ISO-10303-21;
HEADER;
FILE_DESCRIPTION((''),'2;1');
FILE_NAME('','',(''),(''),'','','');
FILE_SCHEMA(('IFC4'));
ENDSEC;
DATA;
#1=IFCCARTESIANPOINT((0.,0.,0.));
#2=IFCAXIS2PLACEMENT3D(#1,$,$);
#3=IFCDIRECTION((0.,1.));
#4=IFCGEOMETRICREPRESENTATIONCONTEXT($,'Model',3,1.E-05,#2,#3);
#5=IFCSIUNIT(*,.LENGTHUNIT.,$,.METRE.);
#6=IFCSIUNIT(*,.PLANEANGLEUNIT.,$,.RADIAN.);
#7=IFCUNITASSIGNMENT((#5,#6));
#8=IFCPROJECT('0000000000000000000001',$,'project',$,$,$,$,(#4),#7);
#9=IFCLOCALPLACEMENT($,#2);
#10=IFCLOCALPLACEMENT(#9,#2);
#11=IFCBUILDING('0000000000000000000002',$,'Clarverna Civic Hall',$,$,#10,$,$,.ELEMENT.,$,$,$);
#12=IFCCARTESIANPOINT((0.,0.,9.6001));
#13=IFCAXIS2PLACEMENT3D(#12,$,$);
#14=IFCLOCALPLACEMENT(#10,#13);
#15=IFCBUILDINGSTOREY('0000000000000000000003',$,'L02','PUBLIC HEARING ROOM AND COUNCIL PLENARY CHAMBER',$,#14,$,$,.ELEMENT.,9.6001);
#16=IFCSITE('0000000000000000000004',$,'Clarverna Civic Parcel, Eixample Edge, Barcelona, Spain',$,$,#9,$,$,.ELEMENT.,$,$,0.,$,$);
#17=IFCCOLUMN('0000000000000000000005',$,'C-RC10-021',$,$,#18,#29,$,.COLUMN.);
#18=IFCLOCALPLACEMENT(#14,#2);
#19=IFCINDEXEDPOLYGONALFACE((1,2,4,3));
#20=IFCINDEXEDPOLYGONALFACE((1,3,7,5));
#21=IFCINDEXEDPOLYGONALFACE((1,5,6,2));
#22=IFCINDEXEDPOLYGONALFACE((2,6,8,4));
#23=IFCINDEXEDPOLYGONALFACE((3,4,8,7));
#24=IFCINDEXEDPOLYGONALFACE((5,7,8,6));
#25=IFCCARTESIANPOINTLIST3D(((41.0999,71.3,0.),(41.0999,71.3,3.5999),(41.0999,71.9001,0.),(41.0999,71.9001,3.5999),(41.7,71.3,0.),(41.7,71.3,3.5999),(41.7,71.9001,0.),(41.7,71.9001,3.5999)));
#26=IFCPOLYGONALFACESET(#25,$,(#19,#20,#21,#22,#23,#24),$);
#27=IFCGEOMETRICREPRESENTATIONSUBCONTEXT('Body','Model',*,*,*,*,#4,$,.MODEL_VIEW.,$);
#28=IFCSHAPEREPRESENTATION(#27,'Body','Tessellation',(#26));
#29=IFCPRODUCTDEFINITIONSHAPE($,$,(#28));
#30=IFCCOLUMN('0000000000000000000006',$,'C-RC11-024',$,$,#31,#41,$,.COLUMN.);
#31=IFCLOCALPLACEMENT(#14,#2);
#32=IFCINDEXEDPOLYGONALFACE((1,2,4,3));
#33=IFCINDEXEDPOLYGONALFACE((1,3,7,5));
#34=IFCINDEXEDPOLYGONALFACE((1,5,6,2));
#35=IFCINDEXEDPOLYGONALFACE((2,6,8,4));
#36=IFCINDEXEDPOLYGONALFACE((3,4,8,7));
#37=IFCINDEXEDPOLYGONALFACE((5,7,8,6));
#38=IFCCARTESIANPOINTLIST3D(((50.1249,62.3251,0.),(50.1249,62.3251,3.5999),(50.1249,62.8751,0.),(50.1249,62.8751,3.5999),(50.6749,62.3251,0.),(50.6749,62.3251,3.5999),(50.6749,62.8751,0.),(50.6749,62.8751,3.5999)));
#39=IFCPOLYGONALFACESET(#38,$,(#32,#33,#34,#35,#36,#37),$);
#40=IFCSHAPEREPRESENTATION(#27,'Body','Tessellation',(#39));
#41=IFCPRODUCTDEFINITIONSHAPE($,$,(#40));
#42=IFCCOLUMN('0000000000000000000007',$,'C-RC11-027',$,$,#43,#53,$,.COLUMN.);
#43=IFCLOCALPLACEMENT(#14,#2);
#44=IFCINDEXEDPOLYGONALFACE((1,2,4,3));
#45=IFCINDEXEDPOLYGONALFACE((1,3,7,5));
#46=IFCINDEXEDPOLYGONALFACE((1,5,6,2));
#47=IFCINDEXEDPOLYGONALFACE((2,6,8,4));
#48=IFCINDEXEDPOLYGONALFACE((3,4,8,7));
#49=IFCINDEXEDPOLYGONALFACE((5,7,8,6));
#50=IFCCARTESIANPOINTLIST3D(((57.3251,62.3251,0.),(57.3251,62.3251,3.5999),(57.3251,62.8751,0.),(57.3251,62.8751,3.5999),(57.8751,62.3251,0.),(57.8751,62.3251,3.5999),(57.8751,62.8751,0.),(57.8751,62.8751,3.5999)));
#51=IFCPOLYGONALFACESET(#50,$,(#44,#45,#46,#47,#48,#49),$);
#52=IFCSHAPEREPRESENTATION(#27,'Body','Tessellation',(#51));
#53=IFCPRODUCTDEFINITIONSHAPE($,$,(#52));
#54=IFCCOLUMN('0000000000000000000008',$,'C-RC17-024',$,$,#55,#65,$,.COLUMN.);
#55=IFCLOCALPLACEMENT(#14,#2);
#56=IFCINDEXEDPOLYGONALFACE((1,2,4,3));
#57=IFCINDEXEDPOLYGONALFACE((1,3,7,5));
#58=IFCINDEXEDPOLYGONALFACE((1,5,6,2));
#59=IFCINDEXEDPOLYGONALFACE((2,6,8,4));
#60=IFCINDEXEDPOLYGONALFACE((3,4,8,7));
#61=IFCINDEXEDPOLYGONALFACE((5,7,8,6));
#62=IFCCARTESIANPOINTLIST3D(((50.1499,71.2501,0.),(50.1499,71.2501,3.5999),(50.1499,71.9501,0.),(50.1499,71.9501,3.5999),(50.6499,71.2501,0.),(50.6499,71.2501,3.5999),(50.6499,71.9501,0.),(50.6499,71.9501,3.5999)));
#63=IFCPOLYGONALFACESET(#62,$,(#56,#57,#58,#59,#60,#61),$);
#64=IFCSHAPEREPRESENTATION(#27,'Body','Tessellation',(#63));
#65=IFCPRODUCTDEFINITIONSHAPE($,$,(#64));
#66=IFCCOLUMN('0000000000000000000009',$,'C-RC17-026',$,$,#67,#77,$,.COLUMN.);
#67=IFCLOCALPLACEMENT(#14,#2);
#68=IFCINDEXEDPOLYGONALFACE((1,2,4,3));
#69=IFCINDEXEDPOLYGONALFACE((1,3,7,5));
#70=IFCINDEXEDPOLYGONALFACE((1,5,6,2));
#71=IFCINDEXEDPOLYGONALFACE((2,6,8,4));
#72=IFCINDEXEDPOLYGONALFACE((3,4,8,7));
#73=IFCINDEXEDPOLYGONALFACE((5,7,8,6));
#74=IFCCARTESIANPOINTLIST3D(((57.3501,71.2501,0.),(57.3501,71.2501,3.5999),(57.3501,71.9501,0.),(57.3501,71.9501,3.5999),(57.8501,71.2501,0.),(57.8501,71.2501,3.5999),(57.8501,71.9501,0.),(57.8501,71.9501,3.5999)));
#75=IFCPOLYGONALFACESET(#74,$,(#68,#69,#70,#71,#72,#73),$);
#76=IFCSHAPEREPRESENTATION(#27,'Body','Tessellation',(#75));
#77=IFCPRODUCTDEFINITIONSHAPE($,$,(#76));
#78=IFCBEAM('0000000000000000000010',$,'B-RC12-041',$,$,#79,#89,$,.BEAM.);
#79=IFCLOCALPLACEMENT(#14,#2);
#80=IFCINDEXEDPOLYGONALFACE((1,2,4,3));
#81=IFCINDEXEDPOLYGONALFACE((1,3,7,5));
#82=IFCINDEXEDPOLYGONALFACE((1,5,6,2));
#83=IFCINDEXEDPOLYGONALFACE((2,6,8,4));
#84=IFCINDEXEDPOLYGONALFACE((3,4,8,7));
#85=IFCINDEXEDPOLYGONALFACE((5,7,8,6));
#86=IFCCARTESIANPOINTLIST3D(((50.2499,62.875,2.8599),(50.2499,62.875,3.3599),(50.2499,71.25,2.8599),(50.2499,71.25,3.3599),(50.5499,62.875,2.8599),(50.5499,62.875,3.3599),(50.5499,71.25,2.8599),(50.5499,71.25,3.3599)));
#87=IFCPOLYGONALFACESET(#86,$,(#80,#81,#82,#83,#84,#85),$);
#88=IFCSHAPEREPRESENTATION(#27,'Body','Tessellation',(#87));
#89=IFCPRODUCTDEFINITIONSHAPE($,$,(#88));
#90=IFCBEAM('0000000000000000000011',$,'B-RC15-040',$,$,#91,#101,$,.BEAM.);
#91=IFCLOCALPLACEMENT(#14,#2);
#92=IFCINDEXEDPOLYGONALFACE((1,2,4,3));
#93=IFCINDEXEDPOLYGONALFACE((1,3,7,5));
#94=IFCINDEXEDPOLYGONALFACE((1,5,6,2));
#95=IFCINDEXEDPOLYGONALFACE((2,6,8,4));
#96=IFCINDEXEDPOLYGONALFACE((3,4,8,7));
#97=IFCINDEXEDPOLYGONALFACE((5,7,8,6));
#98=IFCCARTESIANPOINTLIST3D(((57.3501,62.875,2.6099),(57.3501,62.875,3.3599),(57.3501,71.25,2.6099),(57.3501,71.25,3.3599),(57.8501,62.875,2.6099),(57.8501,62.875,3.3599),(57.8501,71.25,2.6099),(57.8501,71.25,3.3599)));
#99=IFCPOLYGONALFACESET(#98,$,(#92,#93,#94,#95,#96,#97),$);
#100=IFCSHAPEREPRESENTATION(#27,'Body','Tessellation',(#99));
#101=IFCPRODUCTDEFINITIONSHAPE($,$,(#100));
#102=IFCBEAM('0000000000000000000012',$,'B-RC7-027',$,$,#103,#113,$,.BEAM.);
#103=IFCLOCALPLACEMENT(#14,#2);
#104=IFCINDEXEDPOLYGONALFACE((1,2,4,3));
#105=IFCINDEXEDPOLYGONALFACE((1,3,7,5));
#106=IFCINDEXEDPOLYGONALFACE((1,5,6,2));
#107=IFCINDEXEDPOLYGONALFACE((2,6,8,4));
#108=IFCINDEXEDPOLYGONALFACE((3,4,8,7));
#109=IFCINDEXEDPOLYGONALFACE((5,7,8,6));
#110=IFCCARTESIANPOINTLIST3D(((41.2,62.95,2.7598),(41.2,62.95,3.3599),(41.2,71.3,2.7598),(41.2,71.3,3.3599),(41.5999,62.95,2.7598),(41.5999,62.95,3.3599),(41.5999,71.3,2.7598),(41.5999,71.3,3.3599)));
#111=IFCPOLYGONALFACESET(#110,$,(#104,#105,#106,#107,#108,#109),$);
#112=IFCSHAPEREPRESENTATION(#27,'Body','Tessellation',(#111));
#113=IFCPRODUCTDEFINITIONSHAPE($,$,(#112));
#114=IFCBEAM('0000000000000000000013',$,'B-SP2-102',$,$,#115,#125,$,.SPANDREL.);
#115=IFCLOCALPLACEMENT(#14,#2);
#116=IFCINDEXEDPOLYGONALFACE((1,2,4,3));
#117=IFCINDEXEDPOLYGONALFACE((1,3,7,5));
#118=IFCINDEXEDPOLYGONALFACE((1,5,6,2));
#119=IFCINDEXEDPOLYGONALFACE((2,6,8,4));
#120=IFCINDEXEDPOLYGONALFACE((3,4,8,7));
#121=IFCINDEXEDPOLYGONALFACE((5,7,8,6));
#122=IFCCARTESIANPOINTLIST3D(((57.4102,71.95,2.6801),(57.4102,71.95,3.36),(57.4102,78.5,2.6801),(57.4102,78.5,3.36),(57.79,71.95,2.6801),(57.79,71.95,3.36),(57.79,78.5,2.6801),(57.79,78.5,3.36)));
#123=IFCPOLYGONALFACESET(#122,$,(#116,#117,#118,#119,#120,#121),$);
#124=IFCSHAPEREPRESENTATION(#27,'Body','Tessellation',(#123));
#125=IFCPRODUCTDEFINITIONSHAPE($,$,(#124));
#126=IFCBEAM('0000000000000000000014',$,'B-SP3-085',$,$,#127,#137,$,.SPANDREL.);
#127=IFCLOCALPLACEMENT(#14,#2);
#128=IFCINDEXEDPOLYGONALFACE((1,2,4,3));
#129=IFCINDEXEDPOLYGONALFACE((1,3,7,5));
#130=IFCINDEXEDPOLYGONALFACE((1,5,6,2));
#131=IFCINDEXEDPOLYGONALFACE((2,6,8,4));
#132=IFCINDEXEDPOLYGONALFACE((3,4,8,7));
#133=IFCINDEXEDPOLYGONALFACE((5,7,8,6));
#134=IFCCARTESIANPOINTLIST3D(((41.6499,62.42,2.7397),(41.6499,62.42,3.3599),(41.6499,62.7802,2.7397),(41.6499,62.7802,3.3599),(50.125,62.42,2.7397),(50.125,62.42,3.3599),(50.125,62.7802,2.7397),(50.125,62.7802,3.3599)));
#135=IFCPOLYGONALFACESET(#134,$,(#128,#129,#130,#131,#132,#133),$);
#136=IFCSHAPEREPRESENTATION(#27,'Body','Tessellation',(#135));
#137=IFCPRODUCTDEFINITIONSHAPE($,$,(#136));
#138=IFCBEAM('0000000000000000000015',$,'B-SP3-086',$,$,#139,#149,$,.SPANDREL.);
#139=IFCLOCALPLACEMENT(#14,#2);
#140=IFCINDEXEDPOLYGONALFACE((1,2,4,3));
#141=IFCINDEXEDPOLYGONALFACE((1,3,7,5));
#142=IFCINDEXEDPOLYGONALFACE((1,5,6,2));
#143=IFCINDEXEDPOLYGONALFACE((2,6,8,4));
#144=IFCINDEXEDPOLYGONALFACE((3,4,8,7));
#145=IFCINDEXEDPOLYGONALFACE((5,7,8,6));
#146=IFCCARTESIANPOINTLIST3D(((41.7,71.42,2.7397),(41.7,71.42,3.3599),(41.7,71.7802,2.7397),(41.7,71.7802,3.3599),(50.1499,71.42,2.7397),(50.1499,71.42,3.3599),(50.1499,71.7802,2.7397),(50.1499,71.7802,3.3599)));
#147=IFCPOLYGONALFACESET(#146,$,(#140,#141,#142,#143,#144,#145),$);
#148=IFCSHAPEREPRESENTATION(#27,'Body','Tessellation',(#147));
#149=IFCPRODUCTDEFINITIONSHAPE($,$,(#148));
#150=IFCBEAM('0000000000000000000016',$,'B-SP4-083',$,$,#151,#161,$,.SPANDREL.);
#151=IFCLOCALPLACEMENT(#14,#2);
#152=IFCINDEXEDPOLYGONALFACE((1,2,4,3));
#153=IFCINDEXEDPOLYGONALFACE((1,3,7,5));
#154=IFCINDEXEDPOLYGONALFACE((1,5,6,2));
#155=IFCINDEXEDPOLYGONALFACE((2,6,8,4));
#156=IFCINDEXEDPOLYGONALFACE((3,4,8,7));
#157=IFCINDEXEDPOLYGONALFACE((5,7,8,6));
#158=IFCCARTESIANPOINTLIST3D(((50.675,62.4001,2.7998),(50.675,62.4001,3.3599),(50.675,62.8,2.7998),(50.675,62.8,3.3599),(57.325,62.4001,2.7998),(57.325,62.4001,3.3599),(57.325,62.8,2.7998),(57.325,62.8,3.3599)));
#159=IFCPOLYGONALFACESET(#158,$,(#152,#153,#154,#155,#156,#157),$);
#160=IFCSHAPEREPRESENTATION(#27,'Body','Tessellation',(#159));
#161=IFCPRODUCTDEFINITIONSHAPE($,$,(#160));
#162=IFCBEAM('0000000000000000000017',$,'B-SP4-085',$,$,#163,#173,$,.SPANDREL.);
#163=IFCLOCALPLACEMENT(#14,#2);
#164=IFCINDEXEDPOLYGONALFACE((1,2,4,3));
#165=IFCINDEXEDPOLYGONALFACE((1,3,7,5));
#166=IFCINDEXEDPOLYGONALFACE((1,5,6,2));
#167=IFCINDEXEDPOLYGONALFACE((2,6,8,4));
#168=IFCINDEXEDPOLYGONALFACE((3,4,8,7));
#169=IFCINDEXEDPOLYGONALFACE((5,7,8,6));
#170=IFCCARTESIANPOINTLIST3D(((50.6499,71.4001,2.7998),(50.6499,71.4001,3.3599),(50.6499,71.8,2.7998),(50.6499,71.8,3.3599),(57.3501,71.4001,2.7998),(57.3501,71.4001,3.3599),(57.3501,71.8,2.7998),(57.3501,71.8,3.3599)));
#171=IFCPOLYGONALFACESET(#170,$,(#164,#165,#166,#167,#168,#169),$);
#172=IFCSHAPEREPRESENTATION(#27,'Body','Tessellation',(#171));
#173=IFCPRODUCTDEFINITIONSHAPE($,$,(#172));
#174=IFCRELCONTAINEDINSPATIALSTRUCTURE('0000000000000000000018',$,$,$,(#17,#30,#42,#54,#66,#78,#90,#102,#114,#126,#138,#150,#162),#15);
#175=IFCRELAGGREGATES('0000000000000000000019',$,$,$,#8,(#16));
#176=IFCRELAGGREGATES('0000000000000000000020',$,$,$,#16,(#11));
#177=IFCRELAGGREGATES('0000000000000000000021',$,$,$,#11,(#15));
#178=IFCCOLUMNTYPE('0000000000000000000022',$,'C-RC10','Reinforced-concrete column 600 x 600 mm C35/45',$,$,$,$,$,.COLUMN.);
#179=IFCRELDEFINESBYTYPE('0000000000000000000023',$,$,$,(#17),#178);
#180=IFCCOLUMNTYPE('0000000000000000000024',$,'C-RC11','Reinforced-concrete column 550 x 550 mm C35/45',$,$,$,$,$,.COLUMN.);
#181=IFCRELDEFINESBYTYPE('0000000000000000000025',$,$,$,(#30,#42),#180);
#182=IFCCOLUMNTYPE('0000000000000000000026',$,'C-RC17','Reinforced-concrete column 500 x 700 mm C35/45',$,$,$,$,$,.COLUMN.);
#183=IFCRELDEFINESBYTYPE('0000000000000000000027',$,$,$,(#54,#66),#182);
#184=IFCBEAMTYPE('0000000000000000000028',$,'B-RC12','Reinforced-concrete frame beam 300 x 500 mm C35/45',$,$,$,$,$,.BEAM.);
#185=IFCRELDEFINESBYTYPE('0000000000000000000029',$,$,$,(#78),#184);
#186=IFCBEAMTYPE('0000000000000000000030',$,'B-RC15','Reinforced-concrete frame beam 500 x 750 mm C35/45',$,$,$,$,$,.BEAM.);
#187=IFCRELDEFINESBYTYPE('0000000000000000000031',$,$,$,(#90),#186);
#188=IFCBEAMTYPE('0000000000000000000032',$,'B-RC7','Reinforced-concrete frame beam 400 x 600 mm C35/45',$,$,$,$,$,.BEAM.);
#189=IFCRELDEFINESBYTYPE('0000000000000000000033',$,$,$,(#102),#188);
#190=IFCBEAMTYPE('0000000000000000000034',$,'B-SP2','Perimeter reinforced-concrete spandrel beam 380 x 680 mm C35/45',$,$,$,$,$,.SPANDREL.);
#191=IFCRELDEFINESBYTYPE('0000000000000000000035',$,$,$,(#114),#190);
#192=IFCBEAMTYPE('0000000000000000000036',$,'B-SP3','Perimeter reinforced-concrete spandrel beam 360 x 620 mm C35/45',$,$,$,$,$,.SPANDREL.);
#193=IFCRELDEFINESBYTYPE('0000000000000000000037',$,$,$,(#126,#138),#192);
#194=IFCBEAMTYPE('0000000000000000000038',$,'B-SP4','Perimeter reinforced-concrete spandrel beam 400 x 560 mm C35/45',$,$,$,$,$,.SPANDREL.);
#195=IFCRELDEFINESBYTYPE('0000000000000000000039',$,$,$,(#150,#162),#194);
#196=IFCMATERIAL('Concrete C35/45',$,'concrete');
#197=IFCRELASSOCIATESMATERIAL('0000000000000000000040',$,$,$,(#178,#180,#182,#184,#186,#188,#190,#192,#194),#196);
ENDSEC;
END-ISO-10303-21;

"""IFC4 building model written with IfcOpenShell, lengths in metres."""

from ifc_helpers import new_model, si_unit, direction, frame, origin, origin_2d, place, context, subcontext, project, spatial, rectangle, extrude, material, material_profile, profile_set, type_object, element, save


model = new_model("IFC4")

# Units and contexts
model_context = context("Model", 3, precision=1e-05, world=origin(), true_north=direction((0.0, 1.0)))
body_context = subcontext(model_context, "Body", "Model", "MODEL_VIEW")
ifc_project = project(units=[si_unit("LENGTHUNIT", "METRE"), si_unit("PLANEANGLEUNIT", "RADIAN")], contexts=[model_context])

# Site, building, storey
site_placement = place(None, origin())
site = spatial("IfcSite", under=ifc_project, at=site_placement, Name="Clarverna Civic Parcel, Eixample Edge, Barcelona, Spain", CompositionType="ELEMENT", RefElevation=0.0)
building_placement = place(site_placement, origin())
building = spatial("IfcBuilding", under=site, at=building_placement, Name="Clarverna Civic Hall", CompositionType="ELEMENT")
storey_placement = place(building_placement, frame((0.0, 0.0, 9.6001)))
storey = spatial("IfcBuildingStorey", under=building, at=storey_placement, Name="L02", Description="PUBLIC HEARING ROOM AND COUNCIL PLENARY CHAMBER", CompositionType="ELEMENT", Elevation=9.6001)

# Columns
ifc_material_1 = material(Name="Concrete C35/45", Category="concrete")
ifc_material_profile_1 = material_profile(ifc_material_1, rectangle(XDim=0.6001, YDim=0.6001, at=origin_2d()), Name="RC 600x600")
ifc_profile_set_1 = profile_set([ifc_material_profile_1], Name="Concrete C35/45")
column_type_1 = type_object("IfcColumnType", Name="C-RC10", Description="Reinforced-concrete column 600 x 600 mm C35/45", PredefinedType="COLUMN", material=ifc_profile_set_1)
column_placement = place(storey_placement, frame((41.3999, 71.6001, 0.0), z_axis=(0.0, 0.0, 1.0), x_axis=(1.0, 0.0, 0.0)))
element("IfcColumn", 1, at=column_placement, inside=storey, type_object=column_type_1, Name="C-RC10-021", PredefinedType="COLUMN", context=body_context, shape_type="SweptSolid", body=[
    extrude(rectangle(XDim=0.6001, YDim=0.6001, at=origin_2d()), origin(), (0.0, 0.0, 1.0), 3.5999),
])
ifc_material_profile_2 = material_profile(ifc_material_1, rectangle(XDim=0.55, YDim=0.55, at=origin_2d()), Name="RC 550x550")
ifc_profile_set_2 = profile_set([ifc_material_profile_2], Name="Concrete C35/45")
column_type_2 = type_object("IfcColumnType", Name="C-RC11", Description="Reinforced-concrete column 550 x 550 mm C35/45", PredefinedType="COLUMN", material=ifc_profile_set_2)
for number, where, z_axis, x_axis, name in (
    (2, (50.3999, 62.6001, 0.0), (0.0, 0.0, 1.0), (1.0, 0.0, 0.0), "C-RC11-024"),
    (3, (57.6001, 62.6001, 0.0), (0.0, 0.0, 1.0), (1.0, 0.0, 0.0), "C-RC11-027"),
):
    element("IfcColumn", number, at=place(storey_placement, frame(where, z_axis=z_axis, x_axis=x_axis)), inside=storey, type_object=column_type_2, Name=name, PredefinedType="COLUMN", context=body_context, shape_type="SweptSolid", body=[
        extrude(rectangle(XDim=0.55, YDim=0.55, at=origin_2d()), origin(), (0.0, 0.0, 1.0), 3.5999),
    ])
ifc_material_profile_3 = material_profile(ifc_material_1, rectangle(XDim=0.5, YDim=0.7, at=origin_2d()), Name="RC 500x700")
ifc_profile_set_3 = profile_set([ifc_material_profile_3], Name="Concrete C35/45")
column_type_3 = type_object("IfcColumnType", Name="C-RC17", Description="Reinforced-concrete column 500 x 700 mm C35/45", PredefinedType="COLUMN", material=ifc_profile_set_3)
for number, where, z_axis, x_axis, name in (
    (4, (50.3999, 71.6001, 0.0), (0.0, 0.0, 1.0), (1.0, 0.0, 0.0), "C-RC17-024"),
    (5, (57.6001, 71.6001, 0.0), (0.0, 0.0, 1.0), (1.0, 0.0, 0.0), "C-RC17-026"),
):
    element("IfcColumn", number, at=place(storey_placement, frame(where, z_axis=z_axis, x_axis=x_axis)), inside=storey, type_object=column_type_3, Name=name, PredefinedType="COLUMN", context=body_context, shape_type="SweptSolid", body=[
        extrude(rectangle(XDim=0.5, YDim=0.7, at=origin_2d()), origin(), (0.0, 0.0, 1.0), 3.5999),
    ])

# Beams
ifc_material_profile_4 = material_profile(ifc_material_1, rectangle(XDim=0.3, YDim=0.5, at=origin_2d()), Name="RC 300x500")
ifc_profile_set_4 = profile_set([ifc_material_profile_4], Name="Concrete C35/45")
beam_type_1 = type_object("IfcBeamType", Name="B-RC12", Description="Reinforced-concrete frame beam 300 x 500 mm C35/45", PredefinedType="BEAM", material=ifc_profile_set_4)
beam_1_placement = place(storey_placement, frame((50.3999, 62.875, 3.1099), z_axis=(0.0, 1.0, 0.0), x_axis=(-1.0, 0.0, 0.0)))
element("IfcBeam", 6, at=beam_1_placement, inside=storey, type_object=beam_type_1, Name="B-RC12-041", PredefinedType="BEAM", context=body_context, shape_type="SweptSolid", body=[
    extrude(rectangle(XDim=0.3, YDim=0.5, at=origin_2d()), origin(), (0.0, 0.0, 1.0), 8.375),
])
ifc_material_profile_5 = material_profile(ifc_material_1, rectangle(XDim=0.5, YDim=0.75, at=origin_2d()), Name="RC 500x750")
ifc_profile_set_5 = profile_set([ifc_material_profile_5], Name="Concrete C35/45")
beam_type_2 = type_object("IfcBeamType", Name="B-RC15", Description="Reinforced-concrete frame beam 500 x 750 mm C35/45", PredefinedType="BEAM", material=ifc_profile_set_5)
beam_2_placement = place(storey_placement, frame((57.6001, 62.875, 2.9849), z_axis=(0.0, 1.0, 0.0), x_axis=(-1.0, 0.0, 0.0)))
element("IfcBeam", 7, at=beam_2_placement, inside=storey, type_object=beam_type_2, Name="B-RC15-040", PredefinedType="BEAM", context=body_context, shape_type="SweptSolid", body=[
    extrude(rectangle(XDim=0.5, YDim=0.75, at=origin_2d()), origin(), (0.0, 0.0, 1.0), 8.375),
])
ifc_material_profile_6 = material_profile(ifc_material_1, rectangle(XDim=0.3999, YDim=0.6001, at=origin_2d()), Name="RC 400x600")
ifc_profile_set_6 = profile_set([ifc_material_profile_6], Name="Concrete C35/45")
beam_type_3 = type_object("IfcBeamType", Name="B-RC7", Description="Reinforced-concrete frame beam 400 x 600 mm C35/45", PredefinedType="BEAM", material=ifc_profile_set_6)
beam_3_placement = place(storey_placement, frame((41.3999, 62.95, 3.0598), z_axis=(0.0, 1.0, 0.0), x_axis=(-1.0, 0.0, 0.0)))
element("IfcBeam", 8, at=beam_3_placement, inside=storey, type_object=beam_type_3, Name="B-RC7-027", PredefinedType="BEAM", context=body_context, shape_type="SweptSolid", body=[
    extrude(rectangle(XDim=0.3999, YDim=0.6001, at=origin_2d()), origin(), (0.0, 0.0, 1.0), 8.3501),
])
ifc_material_profile_7 = material_profile(ifc_material_1, rectangle(XDim=0.3799, YDim=0.6799, at=origin_2d()), Name="RC 380x680")
ifc_profile_set_7 = profile_set([ifc_material_profile_7], Name="Concrete C35/45")
beam_type_4 = type_object("IfcBeamType", Name="B-SP2", Description="Perimeter reinforced-concrete spandrel beam 380 x 680 mm C35/45", PredefinedType="SPANDREL", material=ifc_profile_set_7)
beam_4_placement = place(storey_placement, frame((57.6001, 71.95, 3.02), z_axis=(0.0, 1.0, 0.0), x_axis=(-1.0, 0.0, 0.0)))
element("IfcBeam", 9, at=beam_4_placement, inside=storey, type_object=beam_type_4, Name="B-SP2-102", PredefinedType="SPANDREL", context=body_context, shape_type="SweptSolid", body=[
    extrude(rectangle(XDim=0.3799, YDim=0.6799, at=origin_2d()), origin(), (0.0, 0.0, 1.0), 6.55),
])
ifc_material_profile_8 = material_profile(ifc_material_1, rectangle(XDim=0.3601, YDim=0.6201, at=origin_2d()), Name="RC 360x620")
ifc_profile_set_8 = profile_set([ifc_material_profile_8], Name="Concrete C35/45")
beam_type_5 = type_object("IfcBeamType", Name="B-SP3", Description="Perimeter reinforced-concrete spandrel beam 360 x 620 mm C35/45", PredefinedType="SPANDREL", material=ifc_profile_set_8)
beam_5_placement = place(storey_placement, frame((41.6499, 62.6001, 3.0498), z_axis=(1.0, 0.0, 0.0), x_axis=(0.0, 1.0, 0.0)))
element("IfcBeam", 10, at=beam_5_placement, inside=storey, type_object=beam_type_5, Name="B-SP3-085", PredefinedType="SPANDREL", context=body_context, shape_type="SweptSolid", body=[
    extrude(rectangle(XDim=0.3601, YDim=0.6201, at=origin_2d()), origin(), (0.0, 0.0, 1.0), 8.4751),
])
beam_6_placement = place(storey_placement, frame((41.7, 71.6001, 3.0498), z_axis=(1.0, 0.0, 0.0), x_axis=(0.0, 1.0, 0.0)))
element("IfcBeam", 11, at=beam_6_placement, inside=storey, type_object=beam_type_5, Name="B-SP3-086", PredefinedType="SPANDREL", context=body_context, shape_type="SweptSolid", body=[
    extrude(rectangle(XDim=0.3601, YDim=0.6201, at=origin_2d()), origin(), (0.0, 0.0, 1.0), 8.45),
])
ifc_material_profile_9 = material_profile(ifc_material_1, rectangle(XDim=0.3999, YDim=0.5601, at=origin_2d()), Name="RC 400x560")
ifc_profile_set_9 = profile_set([ifc_material_profile_9], Name="Concrete C35/45")
beam_type_6 = type_object("IfcBeamType", Name="B-SP4", Description="Perimeter reinforced-concrete spandrel beam 400 x 560 mm C35/45", PredefinedType="SPANDREL", material=ifc_profile_set_9)
beam_7_placement = place(storey_placement, frame((50.675, 62.6001, 3.0798), z_axis=(1.0, 0.0, 0.0), x_axis=(0.0, 1.0, 0.0)))
element("IfcBeam", 12, at=beam_7_placement, inside=storey, type_object=beam_type_6, Name="B-SP4-083", PredefinedType="SPANDREL", context=body_context, shape_type="SweptSolid", body=[
    extrude(rectangle(XDim=0.3999, YDim=0.5601, at=origin_2d()), origin(), (0.0, 0.0, 1.0), 6.6499),
])
beam_8_placement = place(storey_placement, frame((50.6499, 71.6001, 3.0798), z_axis=(1.0, 0.0, 0.0), x_axis=(0.0, 1.0, 0.0)))
element("IfcBeam", 13, at=beam_8_placement, inside=storey, type_object=beam_type_6, Name="B-SP4-085", PredefinedType="SPANDREL", context=body_context, shape_type="SweptSolid", body=[
    extrude(rectangle(XDim=0.3999, YDim=0.5601, at=origin_2d()), origin(), (0.0, 0.0, 1.0), 6.7002),
])

save(model, "model.ifc")
